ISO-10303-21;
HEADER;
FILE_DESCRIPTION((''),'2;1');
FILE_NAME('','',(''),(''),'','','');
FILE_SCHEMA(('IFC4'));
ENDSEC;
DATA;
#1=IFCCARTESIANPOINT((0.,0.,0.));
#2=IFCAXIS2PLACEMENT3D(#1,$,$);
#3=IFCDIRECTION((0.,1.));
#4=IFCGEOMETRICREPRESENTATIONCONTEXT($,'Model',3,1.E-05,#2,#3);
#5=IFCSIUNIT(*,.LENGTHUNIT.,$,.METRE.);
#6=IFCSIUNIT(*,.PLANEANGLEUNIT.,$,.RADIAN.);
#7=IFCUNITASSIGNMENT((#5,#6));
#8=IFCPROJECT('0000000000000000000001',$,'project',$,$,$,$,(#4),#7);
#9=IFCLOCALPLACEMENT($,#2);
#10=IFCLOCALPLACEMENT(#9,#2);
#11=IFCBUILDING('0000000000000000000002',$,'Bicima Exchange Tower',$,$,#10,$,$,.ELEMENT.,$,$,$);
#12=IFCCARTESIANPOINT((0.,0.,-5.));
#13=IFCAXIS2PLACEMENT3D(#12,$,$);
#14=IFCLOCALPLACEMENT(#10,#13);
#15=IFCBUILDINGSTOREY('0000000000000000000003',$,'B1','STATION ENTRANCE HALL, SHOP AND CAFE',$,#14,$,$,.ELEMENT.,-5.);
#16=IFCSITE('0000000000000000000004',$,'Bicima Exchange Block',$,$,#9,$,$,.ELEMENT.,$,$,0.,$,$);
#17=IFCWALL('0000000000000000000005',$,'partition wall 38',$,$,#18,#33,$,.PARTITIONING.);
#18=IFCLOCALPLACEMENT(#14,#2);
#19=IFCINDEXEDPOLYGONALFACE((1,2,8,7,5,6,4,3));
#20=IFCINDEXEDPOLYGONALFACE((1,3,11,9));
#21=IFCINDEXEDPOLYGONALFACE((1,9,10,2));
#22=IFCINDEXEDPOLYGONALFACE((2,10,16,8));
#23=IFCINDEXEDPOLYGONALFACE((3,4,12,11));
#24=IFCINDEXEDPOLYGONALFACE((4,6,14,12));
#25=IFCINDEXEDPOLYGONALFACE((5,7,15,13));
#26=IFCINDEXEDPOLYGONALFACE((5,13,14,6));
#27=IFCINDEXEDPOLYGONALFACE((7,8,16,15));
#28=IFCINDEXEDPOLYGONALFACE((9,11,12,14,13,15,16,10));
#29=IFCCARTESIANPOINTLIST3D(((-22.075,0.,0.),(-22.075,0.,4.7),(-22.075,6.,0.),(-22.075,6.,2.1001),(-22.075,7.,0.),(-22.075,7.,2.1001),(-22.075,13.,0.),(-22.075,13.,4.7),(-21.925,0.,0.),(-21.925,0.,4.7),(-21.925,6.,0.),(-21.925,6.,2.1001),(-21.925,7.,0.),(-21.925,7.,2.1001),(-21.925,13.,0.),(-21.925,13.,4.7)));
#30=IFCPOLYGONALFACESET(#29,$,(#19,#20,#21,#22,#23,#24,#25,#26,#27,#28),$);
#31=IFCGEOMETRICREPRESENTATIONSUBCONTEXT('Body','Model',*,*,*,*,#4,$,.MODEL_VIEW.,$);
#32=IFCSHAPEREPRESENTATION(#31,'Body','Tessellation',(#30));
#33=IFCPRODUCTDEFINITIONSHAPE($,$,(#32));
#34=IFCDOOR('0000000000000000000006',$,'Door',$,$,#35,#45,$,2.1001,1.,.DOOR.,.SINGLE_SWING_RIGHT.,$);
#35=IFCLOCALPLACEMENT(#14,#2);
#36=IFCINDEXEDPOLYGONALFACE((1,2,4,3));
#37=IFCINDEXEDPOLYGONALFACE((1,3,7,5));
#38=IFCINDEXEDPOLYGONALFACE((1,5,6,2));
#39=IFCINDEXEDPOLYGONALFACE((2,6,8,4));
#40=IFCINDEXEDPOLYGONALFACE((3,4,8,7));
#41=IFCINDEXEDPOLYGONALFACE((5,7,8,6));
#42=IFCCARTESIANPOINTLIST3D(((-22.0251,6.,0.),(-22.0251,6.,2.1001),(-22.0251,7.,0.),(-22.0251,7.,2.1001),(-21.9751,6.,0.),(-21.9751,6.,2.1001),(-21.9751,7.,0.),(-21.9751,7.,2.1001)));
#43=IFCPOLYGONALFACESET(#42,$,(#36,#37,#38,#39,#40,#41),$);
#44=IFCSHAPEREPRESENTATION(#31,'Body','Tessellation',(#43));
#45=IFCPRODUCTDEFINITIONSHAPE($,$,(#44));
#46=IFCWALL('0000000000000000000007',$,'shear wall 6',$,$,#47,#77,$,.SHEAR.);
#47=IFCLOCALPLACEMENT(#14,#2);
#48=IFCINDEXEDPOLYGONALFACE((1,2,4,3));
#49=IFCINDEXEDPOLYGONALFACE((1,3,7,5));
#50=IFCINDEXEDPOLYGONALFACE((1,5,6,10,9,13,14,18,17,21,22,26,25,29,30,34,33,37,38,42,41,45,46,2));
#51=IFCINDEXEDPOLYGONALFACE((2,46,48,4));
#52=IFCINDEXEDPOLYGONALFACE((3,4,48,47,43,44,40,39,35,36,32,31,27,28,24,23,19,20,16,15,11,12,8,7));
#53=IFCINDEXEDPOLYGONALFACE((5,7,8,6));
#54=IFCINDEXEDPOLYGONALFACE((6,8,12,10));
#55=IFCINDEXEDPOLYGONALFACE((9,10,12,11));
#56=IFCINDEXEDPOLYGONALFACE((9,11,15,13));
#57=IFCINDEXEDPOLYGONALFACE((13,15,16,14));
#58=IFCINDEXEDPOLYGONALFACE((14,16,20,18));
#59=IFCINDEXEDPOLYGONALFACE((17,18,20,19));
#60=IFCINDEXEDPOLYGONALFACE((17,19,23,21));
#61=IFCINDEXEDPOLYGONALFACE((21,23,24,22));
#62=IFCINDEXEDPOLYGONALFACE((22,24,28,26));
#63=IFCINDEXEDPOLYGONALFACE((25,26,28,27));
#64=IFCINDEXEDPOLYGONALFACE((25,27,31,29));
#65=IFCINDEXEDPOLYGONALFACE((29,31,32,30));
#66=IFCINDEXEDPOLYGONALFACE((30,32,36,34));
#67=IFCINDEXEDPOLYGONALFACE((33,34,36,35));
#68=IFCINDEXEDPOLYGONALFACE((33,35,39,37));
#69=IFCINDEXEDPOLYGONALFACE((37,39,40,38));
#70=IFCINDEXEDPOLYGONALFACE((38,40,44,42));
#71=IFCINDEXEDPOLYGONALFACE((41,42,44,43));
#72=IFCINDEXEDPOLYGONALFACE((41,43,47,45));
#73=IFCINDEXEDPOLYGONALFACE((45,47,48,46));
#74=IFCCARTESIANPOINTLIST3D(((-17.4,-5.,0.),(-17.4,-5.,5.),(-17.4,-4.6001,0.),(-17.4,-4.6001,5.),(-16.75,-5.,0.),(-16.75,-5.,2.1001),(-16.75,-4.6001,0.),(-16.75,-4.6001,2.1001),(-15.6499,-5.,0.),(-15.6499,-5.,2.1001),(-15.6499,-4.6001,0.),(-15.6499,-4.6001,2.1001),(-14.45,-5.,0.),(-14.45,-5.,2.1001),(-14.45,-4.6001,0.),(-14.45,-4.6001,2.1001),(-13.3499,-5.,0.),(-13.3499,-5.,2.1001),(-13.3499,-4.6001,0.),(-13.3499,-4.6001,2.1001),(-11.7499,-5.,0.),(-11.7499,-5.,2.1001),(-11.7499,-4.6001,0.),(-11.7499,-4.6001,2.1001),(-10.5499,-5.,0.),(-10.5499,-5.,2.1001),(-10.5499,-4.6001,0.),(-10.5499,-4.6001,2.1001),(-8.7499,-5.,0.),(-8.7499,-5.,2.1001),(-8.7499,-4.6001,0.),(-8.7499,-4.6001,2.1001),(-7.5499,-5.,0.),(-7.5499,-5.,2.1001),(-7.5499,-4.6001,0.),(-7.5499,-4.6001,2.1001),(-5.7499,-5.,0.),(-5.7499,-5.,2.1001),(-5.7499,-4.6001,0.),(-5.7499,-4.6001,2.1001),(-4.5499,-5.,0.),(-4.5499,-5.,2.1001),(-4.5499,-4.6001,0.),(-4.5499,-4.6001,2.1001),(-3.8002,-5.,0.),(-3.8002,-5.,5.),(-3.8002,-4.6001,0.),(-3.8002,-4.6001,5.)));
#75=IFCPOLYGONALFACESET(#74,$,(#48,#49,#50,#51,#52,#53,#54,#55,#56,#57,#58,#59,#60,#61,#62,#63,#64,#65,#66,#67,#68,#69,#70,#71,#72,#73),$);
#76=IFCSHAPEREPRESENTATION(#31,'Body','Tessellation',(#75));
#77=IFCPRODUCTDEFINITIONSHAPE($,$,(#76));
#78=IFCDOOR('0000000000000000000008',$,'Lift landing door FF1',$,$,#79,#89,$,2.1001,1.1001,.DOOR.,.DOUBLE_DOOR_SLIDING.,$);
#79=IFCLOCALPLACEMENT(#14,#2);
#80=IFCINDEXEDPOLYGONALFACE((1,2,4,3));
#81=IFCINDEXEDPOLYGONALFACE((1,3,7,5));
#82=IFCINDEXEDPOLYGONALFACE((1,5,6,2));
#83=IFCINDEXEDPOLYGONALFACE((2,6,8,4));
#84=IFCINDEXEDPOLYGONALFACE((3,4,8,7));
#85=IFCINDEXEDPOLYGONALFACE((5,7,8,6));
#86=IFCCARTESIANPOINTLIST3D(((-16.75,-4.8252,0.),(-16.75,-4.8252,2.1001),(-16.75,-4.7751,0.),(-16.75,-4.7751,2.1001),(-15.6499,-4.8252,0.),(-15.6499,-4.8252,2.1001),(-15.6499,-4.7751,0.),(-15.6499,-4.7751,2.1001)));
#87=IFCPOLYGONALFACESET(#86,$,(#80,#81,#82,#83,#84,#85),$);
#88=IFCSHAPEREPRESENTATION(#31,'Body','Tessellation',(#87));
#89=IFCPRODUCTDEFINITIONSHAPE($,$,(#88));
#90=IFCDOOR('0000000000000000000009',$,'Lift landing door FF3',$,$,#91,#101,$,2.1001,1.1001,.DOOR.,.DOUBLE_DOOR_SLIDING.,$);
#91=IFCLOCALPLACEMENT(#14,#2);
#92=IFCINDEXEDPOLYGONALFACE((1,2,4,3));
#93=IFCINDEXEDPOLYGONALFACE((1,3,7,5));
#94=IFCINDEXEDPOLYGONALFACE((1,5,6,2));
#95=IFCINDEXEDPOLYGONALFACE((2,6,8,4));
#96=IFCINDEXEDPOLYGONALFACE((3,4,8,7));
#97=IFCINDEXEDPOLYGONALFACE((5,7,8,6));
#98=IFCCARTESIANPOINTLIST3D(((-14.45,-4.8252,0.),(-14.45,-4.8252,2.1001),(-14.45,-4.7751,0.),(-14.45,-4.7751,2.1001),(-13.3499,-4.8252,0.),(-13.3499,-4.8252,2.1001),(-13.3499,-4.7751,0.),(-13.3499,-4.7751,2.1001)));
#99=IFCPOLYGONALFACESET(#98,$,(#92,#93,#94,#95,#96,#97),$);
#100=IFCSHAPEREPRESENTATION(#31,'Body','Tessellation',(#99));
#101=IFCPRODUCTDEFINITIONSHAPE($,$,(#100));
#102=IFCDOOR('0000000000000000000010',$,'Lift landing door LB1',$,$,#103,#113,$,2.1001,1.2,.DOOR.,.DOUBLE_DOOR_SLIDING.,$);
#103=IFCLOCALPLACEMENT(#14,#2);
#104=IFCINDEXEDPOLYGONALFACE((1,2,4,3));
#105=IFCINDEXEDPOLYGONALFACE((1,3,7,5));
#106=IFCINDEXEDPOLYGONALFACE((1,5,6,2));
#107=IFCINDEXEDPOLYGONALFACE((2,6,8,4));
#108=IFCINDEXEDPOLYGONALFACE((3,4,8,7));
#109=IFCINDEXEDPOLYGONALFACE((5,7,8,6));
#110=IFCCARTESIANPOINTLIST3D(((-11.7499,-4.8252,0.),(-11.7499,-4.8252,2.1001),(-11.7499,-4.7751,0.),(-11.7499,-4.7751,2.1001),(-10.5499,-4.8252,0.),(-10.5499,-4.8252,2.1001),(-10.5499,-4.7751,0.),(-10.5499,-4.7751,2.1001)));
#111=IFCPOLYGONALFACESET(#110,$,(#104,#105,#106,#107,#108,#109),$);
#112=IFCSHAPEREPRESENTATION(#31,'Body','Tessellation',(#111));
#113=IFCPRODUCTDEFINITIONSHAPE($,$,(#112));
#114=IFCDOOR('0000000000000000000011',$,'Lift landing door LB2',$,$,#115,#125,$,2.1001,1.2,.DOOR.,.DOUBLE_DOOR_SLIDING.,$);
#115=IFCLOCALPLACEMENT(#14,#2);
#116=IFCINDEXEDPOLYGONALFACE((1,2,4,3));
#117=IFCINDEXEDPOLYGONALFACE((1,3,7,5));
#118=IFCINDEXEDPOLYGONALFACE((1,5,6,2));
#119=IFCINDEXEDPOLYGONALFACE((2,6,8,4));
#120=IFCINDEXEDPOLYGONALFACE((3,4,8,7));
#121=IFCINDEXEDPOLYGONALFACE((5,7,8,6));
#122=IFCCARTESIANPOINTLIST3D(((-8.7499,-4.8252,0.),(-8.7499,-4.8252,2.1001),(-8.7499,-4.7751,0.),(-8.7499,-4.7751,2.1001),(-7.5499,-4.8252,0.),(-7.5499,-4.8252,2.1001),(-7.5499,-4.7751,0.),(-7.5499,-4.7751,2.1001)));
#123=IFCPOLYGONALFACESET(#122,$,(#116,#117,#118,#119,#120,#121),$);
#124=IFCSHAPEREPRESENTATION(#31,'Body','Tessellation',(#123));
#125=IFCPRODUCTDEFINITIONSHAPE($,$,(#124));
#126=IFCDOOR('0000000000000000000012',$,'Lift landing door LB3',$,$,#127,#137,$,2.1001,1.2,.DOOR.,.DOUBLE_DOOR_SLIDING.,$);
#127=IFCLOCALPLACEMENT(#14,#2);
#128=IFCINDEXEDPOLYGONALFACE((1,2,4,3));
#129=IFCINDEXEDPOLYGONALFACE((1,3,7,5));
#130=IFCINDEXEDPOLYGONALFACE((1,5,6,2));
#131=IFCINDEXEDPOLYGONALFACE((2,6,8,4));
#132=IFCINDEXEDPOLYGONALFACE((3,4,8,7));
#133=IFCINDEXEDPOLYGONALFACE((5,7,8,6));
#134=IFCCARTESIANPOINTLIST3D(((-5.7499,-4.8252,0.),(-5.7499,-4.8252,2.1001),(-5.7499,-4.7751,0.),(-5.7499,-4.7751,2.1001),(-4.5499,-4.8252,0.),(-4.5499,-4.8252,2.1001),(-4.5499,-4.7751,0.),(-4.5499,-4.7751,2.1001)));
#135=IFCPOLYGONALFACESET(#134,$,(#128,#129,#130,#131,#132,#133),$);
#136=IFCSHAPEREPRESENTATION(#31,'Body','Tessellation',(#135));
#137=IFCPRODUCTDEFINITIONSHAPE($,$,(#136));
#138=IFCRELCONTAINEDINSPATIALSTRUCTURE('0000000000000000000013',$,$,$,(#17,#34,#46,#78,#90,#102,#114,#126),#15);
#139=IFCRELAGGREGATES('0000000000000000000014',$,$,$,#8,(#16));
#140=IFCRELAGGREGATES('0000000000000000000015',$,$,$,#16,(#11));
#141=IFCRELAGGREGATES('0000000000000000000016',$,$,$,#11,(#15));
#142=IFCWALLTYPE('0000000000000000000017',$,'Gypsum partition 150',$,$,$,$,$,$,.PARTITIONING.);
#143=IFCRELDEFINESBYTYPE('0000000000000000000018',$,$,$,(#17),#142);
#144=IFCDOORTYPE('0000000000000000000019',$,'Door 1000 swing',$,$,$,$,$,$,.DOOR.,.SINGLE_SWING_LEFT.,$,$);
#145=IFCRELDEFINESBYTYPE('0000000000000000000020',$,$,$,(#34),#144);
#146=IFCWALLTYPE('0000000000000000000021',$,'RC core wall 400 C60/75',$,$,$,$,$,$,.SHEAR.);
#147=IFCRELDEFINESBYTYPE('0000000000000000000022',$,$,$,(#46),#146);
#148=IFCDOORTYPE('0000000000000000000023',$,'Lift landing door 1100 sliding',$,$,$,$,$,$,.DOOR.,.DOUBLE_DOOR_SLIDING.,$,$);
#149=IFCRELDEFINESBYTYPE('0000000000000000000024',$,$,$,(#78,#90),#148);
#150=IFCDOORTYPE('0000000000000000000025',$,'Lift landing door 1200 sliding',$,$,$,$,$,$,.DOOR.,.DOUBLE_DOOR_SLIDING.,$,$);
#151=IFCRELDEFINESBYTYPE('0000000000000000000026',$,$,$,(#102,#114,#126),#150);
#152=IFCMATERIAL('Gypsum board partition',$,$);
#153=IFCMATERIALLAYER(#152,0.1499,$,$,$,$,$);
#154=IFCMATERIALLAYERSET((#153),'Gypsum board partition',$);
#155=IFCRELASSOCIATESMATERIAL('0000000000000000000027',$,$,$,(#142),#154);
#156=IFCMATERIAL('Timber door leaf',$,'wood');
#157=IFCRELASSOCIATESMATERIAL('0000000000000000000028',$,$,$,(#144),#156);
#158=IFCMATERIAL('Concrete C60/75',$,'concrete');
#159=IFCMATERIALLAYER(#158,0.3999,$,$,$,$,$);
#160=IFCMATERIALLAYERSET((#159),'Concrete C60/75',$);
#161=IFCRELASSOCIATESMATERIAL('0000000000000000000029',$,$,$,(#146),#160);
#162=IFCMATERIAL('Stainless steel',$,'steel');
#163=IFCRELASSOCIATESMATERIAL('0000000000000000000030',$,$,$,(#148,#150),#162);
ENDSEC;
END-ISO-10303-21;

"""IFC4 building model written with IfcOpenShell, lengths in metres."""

from ifc_helpers import new_model, si_unit, direction, frame, frame_2d, origin, place, context, subcontext, project, spatial, rectangle, extrude, material, layer, layer_set, type_object, element, fill, save


model = new_model("IFC4")

# Units and contexts
model_context = context("Model", 3, precision=1e-05, world=origin(), true_north=direction((0.0, 1.0)))
body_context = subcontext(model_context, "Body", "Model", "MODEL_VIEW")
ifc_project = project(units=[si_unit("LENGTHUNIT", "METRE"), si_unit("PLANEANGLEUNIT", "RADIAN")], contexts=[model_context])

# Site, building, storey
site_placement = place(None, origin())
site = spatial("IfcSite", under=ifc_project, at=site_placement, Name="Bicima Exchange Block", CompositionType="ELEMENT", RefElevation=0.0)
building_placement = place(site_placement, origin())
building = spatial("IfcBuilding", under=site, at=building_placement, Name="Bicima Exchange Tower", CompositionType="ELEMENT")
storey_placement = place(building_placement, frame((0.0, 0.0, -5.0)))
storey = spatial("IfcBuildingStorey", under=building, at=storey_placement, Name="B1", Description="STATION ENTRANCE HALL, SHOP AND CAFE", CompositionType="ELEMENT", Elevation=-5.0)

# Shared definitions
ifc_material_1 = material(Name="Concrete C60/75", Category="concrete")

# Shared definitions
ifc_material_2 = material(Name="Gypsum board partition")

# Wall, opening, door
ifc_layer_1 = layer(ifc_material_2, 0.1499)
ifc_layer_set_1 = layer_set([ifc_layer_1], Name="Gypsum board partition")
wall_type_1 = type_object("IfcWallType", Name="Gypsum partition 150", PredefinedType="PARTITIONING", material=ifc_layer_set_1)
wall_1_placement = place(storey_placement, frame((-22.0, 0.0, 0.0), z_axis=(0.0, 0.0, 1.0), x_axis=(0.0, 1.0, 0.0)))
wall_1 = element("IfcWall", 1, at=wall_1_placement, inside=storey, type_object=wall_type_1, Name="partition wall 38", PredefinedType="PARTITIONING", context=body_context, shape_type="SweptSolid", body=[
    extrude(rectangle(XDim=13.0, YDim=0.1499, at=frame_2d((6.5, 0.0))), origin(), (0.0, 0.0, 1.0), 4.7),
])
opening_1_placement = place(wall_1_placement, frame((6.0, 0.0, 0.0)))
opening_1 = element("IfcOpeningElement", 2, at=opening_1_placement, cuts=wall_1, PredefinedType="OPENING", context=body_context, shape_type="SweptSolid", body=[
    extrude(rectangle(XDim=1.0, YDim=2.1001, at=frame_2d((0.5, 1.05))), frame((0.0, 0.0869, 0.0), z_axis=(0.0, -1.0, 0.0), x_axis=(1.0, 0.0, 0.0)), (0.0, 0.0, 1.0), 0.1738),
])
ifc_material_3 = material(Name="Timber door leaf", Category="wood")
door_type_1 = type_object("IfcDoorType", Name="Door 1000 swing", OperationType="SINGLE_SWING_LEFT", PredefinedType="DOOR", material=ifc_material_3)
door_1_placement = place(opening_1_placement, frame((1.0, 0.0, 0.0), z_axis=(0.0, 0.0, 1.0), x_axis=(-1.0, 0.0, 0.0)))
door_1 = element("IfcDoor", 3, at=door_1_placement, inside=storey, type_object=door_type_1, Name="Door", OperationType="SINGLE_SWING_RIGHT", OverallHeight=2.1001, OverallWidth=1.0, PredefinedType="DOOR", context=body_context, shape_type="SweptSolid", body=[
    extrude(rectangle(XDim=1.0, YDim=2.1001, at=frame_2d((0.5, 1.05))), frame((0.0, 0.0249, 0.0), z_axis=(0.0, -1.0, 0.0), x_axis=(1.0, 0.0, 0.0)), (0.0, 0.0, 1.0), 0.05),
])
fill(opening_1, door_1)

# Wall, openings, doors
ifc_layer_2 = layer(ifc_material_1, 0.3999)
ifc_layer_set_2 = layer_set([ifc_layer_2], Name="Concrete C60/75")
wall_type_2 = type_object("IfcWallType", Name="RC core wall 400 C60/75", PredefinedType="SHEAR", material=ifc_layer_set_2)
wall_2_placement = place(storey_placement, frame((-17.3999, -4.8, 0.0), z_axis=(0.0, 0.0, 1.0), x_axis=(1.0, 0.0, 0.0)))
wall_2 = element("IfcWall", 4, at=wall_2_placement, inside=storey, type_object=wall_type_2, Name="shear wall 6", PredefinedType="SHEAR", context=body_context, shape_type="SweptSolid", body=[
    extrude(rectangle(XDim=13.5999, YDim=0.3999, at=frame_2d((6.7998, 0.0))), origin(), (0.0, 0.0, 1.0), 5.0),
])
opening_2_placement = place(wall_2_placement, frame((0.6499, 0.0, 0.0)))
opening_2 = element("IfcOpeningElement", 5, at=opening_2_placement, cuts=wall_2, PredefinedType="OPENING", context=body_context, shape_type="SweptSolid", body=[
    extrude(rectangle(XDim=1.1001, YDim=2.1001, at=frame_2d((0.55, 1.05))), frame((0.0, 0.2119, 0.0), z_axis=(0.0, -1.0, 0.0), x_axis=(1.0, 0.0, 0.0)), (0.0, 0.0, 1.0), 0.4238),
])
opening_3_placement = place(wall_2_placement, frame((2.95, 0.0, 0.0)))
opening_3 = element("IfcOpeningElement", 6, at=opening_3_placement, cuts=wall_2, PredefinedType="OPENING", context=body_context, shape_type="SweptSolid", body=[
    extrude(rectangle(XDim=1.1001, YDim=2.1001, at=frame_2d((0.55, 1.05))), frame((0.0, 0.2119, 0.0), z_axis=(0.0, -1.0, 0.0), x_axis=(1.0, 0.0, 0.0)), (0.0, 0.0, 1.0), 0.4238),
])
opening_4_placement = place(wall_2_placement, frame((5.6499, 0.0, 0.0)))
opening_4 = element("IfcOpeningElement", 7, at=opening_4_placement, cuts=wall_2, PredefinedType="OPENING", context=body_context, shape_type="SweptSolid", body=[
    extrude(rectangle(XDim=1.2, YDim=2.1001, at=frame_2d((0.6001, 1.05))), frame((0.0, 0.2119, 0.0), z_axis=(0.0, -1.0, 0.0), x_axis=(1.0, 0.0, 0.0)), (0.0, 0.0, 1.0), 0.4238),
])
opening_5_placement = place(wall_2_placement, frame((8.6499, 0.0, 0.0)))
opening_5 = element("IfcOpeningElement", 8, at=opening_5_placement, cuts=wall_2, PredefinedType="OPENING", context=body_context, shape_type="SweptSolid", body=[
    extrude(rectangle(XDim=1.2, YDim=2.1001, at=frame_2d((0.6001, 1.05))), frame((0.0, 0.2119, 0.0), z_axis=(0.0, -1.0, 0.0), x_axis=(1.0, 0.0, 0.0)), (0.0, 0.0, 1.0), 0.4238),
])
opening_6_placement = place(wall_2_placement, frame((11.6499, 0.0, 0.0)))
opening_6 = element("IfcOpeningElement", 9, at=opening_6_placement, cuts=wall_2, PredefinedType="OPENING", context=body_context, shape_type="SweptSolid", body=[
    extrude(rectangle(XDim=1.2, YDim=2.1001, at=frame_2d((0.6001, 1.05))), frame((0.0, 0.2119, 0.0), z_axis=(0.0, -1.0, 0.0), x_axis=(1.0, 0.0, 0.0)), (0.0, 0.0, 1.0), 0.4238),
])
ifc_material_4 = material(Name="Stainless steel", Category="steel")
door_type_2 = type_object("IfcDoorType", Name="Lift landing door 1100 sliding", OperationType="DOUBLE_DOOR_SLIDING", PredefinedType="DOOR", material=ifc_material_4)
door_2_placement = place(opening_2_placement, origin())
door_2 = element("IfcDoor", 10, at=door_2_placement, inside=storey, type_object=door_type_2, Name="Lift landing door FF1", OperationType="DOUBLE_DOOR_SLIDING", OverallHeight=2.1001, OverallWidth=1.1001, PredefinedType="DOOR", context=body_context, shape_type="SweptSolid", body=[
    extrude(rectangle(XDim=1.1001, YDim=2.1001, at=frame_2d((0.55, 1.05))), frame((0.0, 0.0249, 0.0), z_axis=(0.0, -1.0, 0.0), x_axis=(1.0, 0.0, 0.0)), (0.0, 0.0, 1.0), 0.05),
])
fill(opening_2, door_2)
door_3_placement = place(opening_3_placement, origin())
door_3 = element("IfcDoor", 11, at=door_3_placement, inside=storey, type_object=door_type_2, Name="Lift landing door FF3", OperationType="DOUBLE_DOOR_SLIDING", OverallHeight=2.1001, OverallWidth=1.1001, PredefinedType="DOOR", context=body_context, shape_type="SweptSolid", body=[
    extrude(rectangle(XDim=1.1001, YDim=2.1001, at=frame_2d((0.55, 1.05))), frame((0.0, 0.0249, 0.0), z_axis=(0.0, -1.0, 0.0), x_axis=(1.0, 0.0, 0.0)), (0.0, 0.0, 1.0), 0.05),
])
fill(opening_3, door_3)
door_type_3 = type_object("IfcDoorType", Name="Lift landing door 1200 sliding", OperationType="DOUBLE_DOOR_SLIDING", PredefinedType="DOOR", material=ifc_material_4)
door_4_placement = place(opening_4_placement, origin())
door_4 = element("IfcDoor", 12, at=door_4_placement, inside=storey, type_object=door_type_3, Name="Lift landing door LB1", OperationType="DOUBLE_DOOR_SLIDING", OverallHeight=2.1001, OverallWidth=1.2, PredefinedType="DOOR", context=body_context, shape_type="SweptSolid", body=[
    extrude(rectangle(XDim=1.2, YDim=2.1001, at=frame_2d((0.6001, 1.05))), frame((0.0, 0.0249, 0.0), z_axis=(0.0, -1.0, 0.0), x_axis=(1.0, 0.0, 0.0)), (0.0, 0.0, 1.0), 0.05),
])
fill(opening_4, door_4)
door_5_placement = place(opening_5_placement, origin())
door_5 = element("IfcDoor", 13, at=door_5_placement, inside=storey, type_object=door_type_3, Name="Lift landing door LB2", OperationType="DOUBLE_DOOR_SLIDING", OverallHeight=2.1001, OverallWidth=1.2, PredefinedType="DOOR", context=body_context, shape_type="SweptSolid", body=[
    extrude(rectangle(XDim=1.2, YDim=2.1001, at=frame_2d((0.6001, 1.05))), frame((0.0, 0.0249, 0.0), z_axis=(0.0, -1.0, 0.0), x_axis=(1.0, 0.0, 0.0)), (0.0, 0.0, 1.0), 0.05),
])
fill(opening_5, door_5)
door_6_placement = place(opening_6_placement, origin())
door_6 = element("IfcDoor", 14, at=door_6_placement, inside=storey, type_object=door_type_3, Name="Lift landing door LB3", OperationType="DOUBLE_DOOR_SLIDING", OverallHeight=2.1001, OverallWidth=1.2, PredefinedType="DOOR", context=body_context, shape_type="SweptSolid", body=[
    extrude(rectangle(XDim=1.2, YDim=2.1001, at=frame_2d((0.6001, 1.05))), frame((0.0, 0.0249, 0.0), z_axis=(0.0, -1.0, 0.0), x_axis=(1.0, 0.0, 0.0)), (0.0, 0.0, 1.0), 0.05),
])
fill(opening_6, door_6)

save(model, "model.ifc")
